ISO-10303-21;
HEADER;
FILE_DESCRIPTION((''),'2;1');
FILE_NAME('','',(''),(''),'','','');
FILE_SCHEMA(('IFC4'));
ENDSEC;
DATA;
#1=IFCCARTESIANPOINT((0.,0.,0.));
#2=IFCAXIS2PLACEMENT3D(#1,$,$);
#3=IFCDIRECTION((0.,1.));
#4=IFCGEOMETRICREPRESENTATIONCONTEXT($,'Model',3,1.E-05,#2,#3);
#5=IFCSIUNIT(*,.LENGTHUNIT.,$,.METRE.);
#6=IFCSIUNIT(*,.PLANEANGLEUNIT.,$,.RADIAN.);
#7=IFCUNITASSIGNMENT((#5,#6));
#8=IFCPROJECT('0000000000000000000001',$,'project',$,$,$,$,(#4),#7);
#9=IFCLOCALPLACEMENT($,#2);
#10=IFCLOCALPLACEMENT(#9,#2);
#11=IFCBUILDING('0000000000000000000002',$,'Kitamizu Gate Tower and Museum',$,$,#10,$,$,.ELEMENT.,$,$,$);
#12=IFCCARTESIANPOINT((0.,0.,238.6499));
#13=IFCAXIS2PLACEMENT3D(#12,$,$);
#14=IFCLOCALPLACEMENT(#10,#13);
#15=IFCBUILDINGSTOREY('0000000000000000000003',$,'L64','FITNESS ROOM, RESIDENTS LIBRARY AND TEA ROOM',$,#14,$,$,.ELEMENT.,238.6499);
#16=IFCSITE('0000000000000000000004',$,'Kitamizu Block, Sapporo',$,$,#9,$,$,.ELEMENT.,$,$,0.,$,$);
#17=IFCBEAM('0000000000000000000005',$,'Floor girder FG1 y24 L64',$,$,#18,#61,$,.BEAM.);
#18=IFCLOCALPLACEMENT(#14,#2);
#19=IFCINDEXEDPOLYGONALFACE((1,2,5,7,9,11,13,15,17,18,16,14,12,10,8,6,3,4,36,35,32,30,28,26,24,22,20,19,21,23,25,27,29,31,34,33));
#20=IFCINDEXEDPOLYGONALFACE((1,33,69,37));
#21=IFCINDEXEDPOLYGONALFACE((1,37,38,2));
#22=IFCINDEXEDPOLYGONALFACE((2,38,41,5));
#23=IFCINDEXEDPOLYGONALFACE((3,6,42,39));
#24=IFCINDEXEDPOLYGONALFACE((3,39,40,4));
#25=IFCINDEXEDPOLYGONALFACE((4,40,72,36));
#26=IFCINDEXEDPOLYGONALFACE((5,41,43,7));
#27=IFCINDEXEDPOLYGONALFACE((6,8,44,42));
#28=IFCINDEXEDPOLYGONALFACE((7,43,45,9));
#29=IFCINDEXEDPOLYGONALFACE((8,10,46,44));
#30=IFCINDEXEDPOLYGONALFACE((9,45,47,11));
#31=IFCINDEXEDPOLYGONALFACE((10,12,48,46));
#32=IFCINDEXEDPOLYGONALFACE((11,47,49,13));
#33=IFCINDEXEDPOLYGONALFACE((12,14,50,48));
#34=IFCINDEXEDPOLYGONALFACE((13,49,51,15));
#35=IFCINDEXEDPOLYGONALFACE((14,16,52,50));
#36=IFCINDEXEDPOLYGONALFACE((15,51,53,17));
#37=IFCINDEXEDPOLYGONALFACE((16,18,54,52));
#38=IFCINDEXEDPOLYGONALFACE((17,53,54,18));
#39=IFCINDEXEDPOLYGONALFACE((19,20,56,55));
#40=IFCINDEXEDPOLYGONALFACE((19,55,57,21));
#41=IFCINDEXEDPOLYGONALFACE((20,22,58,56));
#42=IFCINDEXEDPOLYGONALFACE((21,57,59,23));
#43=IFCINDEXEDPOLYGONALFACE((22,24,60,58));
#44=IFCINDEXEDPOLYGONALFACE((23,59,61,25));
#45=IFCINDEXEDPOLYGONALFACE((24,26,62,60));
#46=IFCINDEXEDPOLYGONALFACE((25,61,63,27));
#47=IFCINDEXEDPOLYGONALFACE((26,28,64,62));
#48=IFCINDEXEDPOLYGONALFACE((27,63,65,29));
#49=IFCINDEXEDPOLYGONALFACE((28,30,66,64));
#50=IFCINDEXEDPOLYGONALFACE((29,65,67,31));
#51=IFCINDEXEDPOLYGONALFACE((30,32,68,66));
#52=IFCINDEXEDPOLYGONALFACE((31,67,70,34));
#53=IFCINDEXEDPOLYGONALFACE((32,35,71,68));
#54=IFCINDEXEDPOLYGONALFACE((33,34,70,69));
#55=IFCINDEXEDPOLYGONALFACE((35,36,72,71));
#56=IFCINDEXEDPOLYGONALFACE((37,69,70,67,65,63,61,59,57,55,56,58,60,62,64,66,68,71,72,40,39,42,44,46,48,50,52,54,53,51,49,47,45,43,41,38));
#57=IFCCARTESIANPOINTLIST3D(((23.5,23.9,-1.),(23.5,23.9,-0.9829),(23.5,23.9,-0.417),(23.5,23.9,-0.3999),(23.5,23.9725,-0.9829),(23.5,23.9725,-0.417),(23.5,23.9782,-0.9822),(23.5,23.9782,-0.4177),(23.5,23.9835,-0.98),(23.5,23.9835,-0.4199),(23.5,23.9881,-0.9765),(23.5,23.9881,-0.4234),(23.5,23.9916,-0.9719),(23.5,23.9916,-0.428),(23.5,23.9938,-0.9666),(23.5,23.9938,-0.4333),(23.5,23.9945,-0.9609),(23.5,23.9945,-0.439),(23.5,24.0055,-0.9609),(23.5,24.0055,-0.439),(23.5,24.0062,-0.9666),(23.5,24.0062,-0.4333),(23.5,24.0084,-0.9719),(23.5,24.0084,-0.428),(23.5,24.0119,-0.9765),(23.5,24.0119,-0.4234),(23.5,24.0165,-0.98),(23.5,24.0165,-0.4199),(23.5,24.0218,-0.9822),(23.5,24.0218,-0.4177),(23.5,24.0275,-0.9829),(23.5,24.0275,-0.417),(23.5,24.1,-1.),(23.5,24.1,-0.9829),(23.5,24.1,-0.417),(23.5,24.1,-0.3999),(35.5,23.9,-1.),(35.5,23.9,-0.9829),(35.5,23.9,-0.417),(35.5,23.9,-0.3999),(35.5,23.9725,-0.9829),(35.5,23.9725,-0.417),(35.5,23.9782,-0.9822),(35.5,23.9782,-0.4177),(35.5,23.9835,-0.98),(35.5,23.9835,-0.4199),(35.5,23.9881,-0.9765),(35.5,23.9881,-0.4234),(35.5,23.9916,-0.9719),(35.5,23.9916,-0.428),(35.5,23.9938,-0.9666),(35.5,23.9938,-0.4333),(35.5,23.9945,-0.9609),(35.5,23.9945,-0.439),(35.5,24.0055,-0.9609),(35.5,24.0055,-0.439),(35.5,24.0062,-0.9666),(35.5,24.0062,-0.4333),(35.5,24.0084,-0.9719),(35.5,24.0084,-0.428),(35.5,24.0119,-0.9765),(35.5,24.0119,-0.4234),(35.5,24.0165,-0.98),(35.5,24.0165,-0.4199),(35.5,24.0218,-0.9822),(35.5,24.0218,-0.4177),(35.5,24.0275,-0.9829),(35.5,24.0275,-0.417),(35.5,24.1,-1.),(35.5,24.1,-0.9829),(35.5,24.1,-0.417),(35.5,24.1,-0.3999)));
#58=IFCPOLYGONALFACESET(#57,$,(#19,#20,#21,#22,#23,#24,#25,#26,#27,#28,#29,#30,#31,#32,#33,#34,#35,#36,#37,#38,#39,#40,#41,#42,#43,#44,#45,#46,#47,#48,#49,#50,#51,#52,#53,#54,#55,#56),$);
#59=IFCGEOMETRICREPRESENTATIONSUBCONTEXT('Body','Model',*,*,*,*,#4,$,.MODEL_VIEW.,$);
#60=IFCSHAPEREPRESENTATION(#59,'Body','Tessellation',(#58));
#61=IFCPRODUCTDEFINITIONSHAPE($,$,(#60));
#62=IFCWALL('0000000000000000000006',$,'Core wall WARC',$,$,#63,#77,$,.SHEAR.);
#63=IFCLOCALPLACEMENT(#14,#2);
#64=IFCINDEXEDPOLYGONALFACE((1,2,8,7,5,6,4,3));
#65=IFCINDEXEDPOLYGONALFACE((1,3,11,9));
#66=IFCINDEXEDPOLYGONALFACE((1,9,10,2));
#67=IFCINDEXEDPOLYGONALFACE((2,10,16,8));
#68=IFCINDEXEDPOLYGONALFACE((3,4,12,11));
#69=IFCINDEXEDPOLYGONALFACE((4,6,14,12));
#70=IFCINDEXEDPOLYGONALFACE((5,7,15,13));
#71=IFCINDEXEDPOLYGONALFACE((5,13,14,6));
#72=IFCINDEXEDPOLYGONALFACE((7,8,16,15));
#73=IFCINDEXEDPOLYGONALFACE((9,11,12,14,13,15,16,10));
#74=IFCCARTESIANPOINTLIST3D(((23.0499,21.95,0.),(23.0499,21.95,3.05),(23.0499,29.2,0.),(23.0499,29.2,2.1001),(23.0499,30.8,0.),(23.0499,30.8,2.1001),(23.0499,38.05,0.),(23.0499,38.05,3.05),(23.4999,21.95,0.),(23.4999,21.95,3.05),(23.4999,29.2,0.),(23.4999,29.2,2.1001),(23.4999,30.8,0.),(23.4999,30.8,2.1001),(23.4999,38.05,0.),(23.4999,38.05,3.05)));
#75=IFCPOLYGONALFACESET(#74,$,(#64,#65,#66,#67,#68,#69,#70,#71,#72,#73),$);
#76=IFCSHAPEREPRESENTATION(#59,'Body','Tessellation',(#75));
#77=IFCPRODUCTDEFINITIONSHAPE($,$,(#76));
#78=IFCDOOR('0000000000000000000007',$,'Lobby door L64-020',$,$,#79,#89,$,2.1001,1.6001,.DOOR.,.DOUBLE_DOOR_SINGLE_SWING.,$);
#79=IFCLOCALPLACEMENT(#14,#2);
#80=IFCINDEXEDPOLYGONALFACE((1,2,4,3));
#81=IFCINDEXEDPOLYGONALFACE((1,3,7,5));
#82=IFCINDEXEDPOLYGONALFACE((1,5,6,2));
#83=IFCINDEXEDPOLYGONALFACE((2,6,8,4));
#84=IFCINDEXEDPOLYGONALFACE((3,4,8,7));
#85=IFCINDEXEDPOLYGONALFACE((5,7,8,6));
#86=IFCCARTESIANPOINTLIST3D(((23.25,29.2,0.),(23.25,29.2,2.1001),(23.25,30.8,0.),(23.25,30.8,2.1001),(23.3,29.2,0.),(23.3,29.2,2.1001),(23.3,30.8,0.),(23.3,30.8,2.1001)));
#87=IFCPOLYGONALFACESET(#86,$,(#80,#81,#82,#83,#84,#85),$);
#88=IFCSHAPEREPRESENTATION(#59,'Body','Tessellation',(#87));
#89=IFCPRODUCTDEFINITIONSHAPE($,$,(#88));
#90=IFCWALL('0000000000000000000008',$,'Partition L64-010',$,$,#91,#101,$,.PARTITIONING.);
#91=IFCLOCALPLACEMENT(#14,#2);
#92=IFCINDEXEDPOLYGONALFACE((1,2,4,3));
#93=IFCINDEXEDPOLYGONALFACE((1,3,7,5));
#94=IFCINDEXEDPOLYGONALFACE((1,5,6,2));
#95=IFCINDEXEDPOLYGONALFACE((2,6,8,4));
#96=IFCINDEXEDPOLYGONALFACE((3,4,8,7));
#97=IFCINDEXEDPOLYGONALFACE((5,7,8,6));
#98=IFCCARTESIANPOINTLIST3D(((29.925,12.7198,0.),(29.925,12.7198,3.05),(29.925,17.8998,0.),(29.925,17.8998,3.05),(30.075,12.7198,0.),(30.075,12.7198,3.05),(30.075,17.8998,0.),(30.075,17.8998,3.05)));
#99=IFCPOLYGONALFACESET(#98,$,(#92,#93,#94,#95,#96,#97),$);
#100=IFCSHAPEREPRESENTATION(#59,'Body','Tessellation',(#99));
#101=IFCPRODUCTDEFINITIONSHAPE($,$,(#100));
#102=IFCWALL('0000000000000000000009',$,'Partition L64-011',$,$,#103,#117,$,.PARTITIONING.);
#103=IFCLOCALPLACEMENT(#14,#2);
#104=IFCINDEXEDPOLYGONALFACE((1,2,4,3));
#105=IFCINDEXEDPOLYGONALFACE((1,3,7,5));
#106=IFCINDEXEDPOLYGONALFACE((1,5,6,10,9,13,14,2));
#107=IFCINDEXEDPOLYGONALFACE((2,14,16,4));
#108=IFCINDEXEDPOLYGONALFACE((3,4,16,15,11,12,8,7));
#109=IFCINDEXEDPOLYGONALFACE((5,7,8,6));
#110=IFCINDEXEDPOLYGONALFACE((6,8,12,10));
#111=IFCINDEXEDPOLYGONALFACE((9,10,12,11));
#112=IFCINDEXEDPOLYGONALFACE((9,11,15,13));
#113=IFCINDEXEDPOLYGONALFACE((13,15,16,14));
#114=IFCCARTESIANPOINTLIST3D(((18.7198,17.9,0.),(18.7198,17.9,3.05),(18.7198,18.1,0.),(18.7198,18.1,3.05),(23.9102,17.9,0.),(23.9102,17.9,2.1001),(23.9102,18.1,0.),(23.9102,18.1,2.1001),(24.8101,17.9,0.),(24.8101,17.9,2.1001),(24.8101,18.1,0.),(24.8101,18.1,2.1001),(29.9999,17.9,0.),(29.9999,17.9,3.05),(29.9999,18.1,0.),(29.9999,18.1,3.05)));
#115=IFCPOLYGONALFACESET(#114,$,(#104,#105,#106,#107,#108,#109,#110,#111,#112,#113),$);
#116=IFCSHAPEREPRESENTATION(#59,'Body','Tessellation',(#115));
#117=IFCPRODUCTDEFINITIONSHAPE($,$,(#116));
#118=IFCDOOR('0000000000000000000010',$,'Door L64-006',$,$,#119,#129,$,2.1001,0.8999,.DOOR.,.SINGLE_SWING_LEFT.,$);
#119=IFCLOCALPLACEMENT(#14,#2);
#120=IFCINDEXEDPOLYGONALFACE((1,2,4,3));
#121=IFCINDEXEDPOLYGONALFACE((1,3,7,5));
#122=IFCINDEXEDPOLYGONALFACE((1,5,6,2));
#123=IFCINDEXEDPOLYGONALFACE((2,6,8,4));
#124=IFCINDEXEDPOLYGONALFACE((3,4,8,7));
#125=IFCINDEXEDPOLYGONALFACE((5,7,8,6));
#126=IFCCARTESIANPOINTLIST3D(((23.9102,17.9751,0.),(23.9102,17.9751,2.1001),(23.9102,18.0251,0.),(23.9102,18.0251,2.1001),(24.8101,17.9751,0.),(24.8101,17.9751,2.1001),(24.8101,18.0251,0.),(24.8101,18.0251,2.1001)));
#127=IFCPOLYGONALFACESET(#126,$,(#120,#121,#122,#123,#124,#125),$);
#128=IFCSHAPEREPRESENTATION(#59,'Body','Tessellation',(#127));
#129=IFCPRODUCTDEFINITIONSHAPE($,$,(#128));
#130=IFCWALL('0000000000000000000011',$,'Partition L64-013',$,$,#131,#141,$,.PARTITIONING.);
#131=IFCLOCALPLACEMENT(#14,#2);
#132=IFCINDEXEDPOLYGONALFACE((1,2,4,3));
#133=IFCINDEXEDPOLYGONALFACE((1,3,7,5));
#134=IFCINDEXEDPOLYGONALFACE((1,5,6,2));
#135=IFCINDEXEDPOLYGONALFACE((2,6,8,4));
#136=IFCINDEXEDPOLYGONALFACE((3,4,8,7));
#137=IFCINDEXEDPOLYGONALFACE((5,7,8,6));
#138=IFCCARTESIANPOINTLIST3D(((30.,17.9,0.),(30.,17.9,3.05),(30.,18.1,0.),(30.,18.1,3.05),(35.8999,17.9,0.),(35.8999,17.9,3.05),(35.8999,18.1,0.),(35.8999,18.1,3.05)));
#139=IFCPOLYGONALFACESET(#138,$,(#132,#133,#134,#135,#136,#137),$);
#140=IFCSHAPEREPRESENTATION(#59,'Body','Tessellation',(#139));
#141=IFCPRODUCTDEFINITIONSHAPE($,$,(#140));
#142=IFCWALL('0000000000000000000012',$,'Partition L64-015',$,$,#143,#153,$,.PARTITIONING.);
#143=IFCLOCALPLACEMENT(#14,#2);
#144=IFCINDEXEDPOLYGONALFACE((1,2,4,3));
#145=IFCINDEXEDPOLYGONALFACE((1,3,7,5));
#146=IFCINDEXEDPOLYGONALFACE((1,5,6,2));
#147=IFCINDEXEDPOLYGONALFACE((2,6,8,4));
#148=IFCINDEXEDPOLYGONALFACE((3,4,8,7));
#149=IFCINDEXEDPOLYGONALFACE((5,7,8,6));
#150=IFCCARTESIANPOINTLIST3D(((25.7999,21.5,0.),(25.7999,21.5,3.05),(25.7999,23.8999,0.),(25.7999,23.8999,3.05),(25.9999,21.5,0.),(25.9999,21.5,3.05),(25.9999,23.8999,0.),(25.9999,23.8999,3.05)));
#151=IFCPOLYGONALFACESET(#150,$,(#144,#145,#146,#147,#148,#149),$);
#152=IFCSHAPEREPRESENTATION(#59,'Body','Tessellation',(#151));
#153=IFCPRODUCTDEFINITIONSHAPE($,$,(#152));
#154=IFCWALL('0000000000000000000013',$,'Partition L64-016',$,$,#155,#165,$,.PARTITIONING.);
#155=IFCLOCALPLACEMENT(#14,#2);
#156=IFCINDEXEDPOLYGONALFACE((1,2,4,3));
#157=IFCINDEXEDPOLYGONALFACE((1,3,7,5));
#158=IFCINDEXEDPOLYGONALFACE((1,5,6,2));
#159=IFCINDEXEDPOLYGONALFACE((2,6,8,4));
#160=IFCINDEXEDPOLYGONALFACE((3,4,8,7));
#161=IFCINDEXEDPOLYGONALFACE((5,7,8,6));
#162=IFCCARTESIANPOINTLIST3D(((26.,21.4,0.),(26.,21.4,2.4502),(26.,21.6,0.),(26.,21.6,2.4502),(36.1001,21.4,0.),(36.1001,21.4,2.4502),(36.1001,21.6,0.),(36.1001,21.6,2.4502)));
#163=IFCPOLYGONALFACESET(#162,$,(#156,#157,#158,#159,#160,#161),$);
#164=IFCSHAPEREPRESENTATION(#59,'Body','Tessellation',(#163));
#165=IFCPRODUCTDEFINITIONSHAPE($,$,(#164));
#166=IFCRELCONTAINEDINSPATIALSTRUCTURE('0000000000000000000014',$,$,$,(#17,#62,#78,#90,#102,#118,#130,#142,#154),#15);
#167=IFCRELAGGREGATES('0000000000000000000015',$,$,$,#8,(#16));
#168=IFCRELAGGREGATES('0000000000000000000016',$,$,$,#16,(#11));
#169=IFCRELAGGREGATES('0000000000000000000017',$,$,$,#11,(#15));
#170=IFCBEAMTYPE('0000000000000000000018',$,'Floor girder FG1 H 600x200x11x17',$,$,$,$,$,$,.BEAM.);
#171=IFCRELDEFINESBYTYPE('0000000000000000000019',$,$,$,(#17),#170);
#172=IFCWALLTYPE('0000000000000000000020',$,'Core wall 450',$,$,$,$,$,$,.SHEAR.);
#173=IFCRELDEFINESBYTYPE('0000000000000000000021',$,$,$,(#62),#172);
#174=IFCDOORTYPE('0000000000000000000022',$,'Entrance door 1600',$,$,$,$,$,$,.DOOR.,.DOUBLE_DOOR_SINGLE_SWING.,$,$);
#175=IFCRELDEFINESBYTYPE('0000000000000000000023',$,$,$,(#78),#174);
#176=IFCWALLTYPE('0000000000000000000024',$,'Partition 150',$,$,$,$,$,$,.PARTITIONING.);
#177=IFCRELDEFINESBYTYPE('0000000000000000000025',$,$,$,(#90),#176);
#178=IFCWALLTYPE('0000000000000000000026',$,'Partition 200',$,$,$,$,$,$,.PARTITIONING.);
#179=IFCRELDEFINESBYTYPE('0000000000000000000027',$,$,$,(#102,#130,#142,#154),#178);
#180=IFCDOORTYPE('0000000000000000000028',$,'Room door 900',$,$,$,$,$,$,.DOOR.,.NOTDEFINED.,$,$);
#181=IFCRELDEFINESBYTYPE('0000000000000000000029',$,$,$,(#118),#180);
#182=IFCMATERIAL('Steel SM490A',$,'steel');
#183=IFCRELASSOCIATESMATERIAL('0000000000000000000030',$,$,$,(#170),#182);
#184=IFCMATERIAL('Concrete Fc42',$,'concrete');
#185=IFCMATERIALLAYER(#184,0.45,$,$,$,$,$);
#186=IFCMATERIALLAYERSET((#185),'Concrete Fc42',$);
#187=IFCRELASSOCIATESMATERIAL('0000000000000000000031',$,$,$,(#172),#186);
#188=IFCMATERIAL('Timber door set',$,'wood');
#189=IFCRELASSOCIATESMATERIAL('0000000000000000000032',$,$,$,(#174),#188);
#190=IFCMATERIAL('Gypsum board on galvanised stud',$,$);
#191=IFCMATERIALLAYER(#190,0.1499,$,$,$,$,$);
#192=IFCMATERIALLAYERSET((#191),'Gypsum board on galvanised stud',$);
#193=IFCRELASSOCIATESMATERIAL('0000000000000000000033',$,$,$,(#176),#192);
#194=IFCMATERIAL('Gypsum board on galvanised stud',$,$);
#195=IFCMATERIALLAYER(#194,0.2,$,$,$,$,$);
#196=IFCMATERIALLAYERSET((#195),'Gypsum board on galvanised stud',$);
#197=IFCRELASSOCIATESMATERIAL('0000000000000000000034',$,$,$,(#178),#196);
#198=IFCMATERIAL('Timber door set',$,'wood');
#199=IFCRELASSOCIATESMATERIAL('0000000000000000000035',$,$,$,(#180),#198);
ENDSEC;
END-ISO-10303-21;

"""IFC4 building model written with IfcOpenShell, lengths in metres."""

from ifc_helpers import new_model, si_unit, direction, frame, frame_2d, origin, origin_2d, place, context, subcontext, project, spatial, rectangle, i_section, extrude, material, layer, layer_set, material_profile, profile_set, type_object, element, fill, save


model = new_model("IFC4")

# Units and contexts
model_context = context("Model", 3, precision=1e-05, world=origin(), true_north=direction((0.0, 1.0)))
body_context = subcontext(model_context, "Body", "Model", "MODEL_VIEW")
ifc_project = project(units=[si_unit("LENGTHUNIT", "METRE"), si_unit("PLANEANGLEUNIT", "RADIAN")], contexts=[model_context])

# Site, building, storey
site_placement = place(None, origin())
site = spatial("IfcSite", under=ifc_project, at=site_placement, Name="Kitamizu Block, Sapporo", CompositionType="ELEMENT", RefElevation=0.0)
building_placement = place(site_placement, origin())
building = spatial("IfcBuilding", under=site, at=building_placement, Name="Kitamizu Gate Tower and Museum", CompositionType="ELEMENT")
storey_placement = place(building_placement, frame((0.0, 0.0, 238.6499)))
storey = spatial("IfcBuildingStorey", under=building, at=storey_placement, Name="L64", Description="FITNESS ROOM, RESIDENTS LIBRARY AND TEA ROOM", CompositionType="ELEMENT", Elevation=238.6499)

# Beam
ifc_material_1 = material(Name="Steel SM490A", Category="steel")
ifc_material_profile_1 = material_profile(ifc_material_1, i_section(OverallWidth=0.2, OverallDepth=0.6001, WebThickness=0.011, FlangeThickness=0.0171, FilletRadius=0.022, at=origin_2d()), Name="H-600x200x11x17")
ifc_profile_set_1 = profile_set([ifc_material_profile_1], Name="Steel SM490A")
beam_type_1 = type_object("IfcBeamType", Name="Floor girder FG1 H 600x200x11x17", PredefinedType="BEAM", material=ifc_profile_set_1)
beam_1_placement = place(storey_placement, frame((23.5, 24.0, -0.7), z_axis=(1.0, 0.0, 0.0), x_axis=(0.0, 1.0, 0.0)))
element("IfcBeam", 1, at=beam_1_placement, inside=storey, type_object=beam_type_1, Name="Floor girder FG1 y24 L64", PredefinedType="BEAM", context=body_context, shape_type="SweptSolid", body=[
    extrude(i_section(OverallWidth=0.2, OverallDepth=0.6001, WebThickness=0.011, FlangeThickness=0.0171, FilletRadius=0.022, at=origin_2d()), origin(), (0.0, 0.0, 1.0), 12.0),
])

# Wall, opening, door
ifc_material_2 = material(Name="Concrete Fc42", Category="concrete")
ifc_layer_1 = layer(ifc_material_2, 0.45)
ifc_layer_set_1 = layer_set([ifc_layer_1], Name="Concrete Fc42")
wall_type_1 = type_object("IfcWallType", Name="Core wall 450", PredefinedType="SHEAR", material=ifc_layer_set_1)
wall_1_placement = place(storey_placement, frame((23.2749, 21.95, 0.0), z_axis=(0.0, 0.0, 1.0), x_axis=(0.0, 1.0, 0.0)))
wall_1 = element("IfcWall", 2, at=wall_1_placement, inside=storey, type_object=wall_type_1, Name="Core wall WARC", PredefinedType="SHEAR", context=body_context, shape_type="SweptSolid", body=[
    extrude(rectangle(XDim=16.1001, YDim=0.45, at=frame_2d((8.05, 0.0))), origin(), (0.0, 0.0, 1.0), 3.05),
])
opening_1_placement = place(wall_1_placement, frame((7.25, 0.0, 0.0)))
opening_1 = element("IfcOpeningElement", 3, at=opening_1_placement, cuts=wall_1, PredefinedType="OPENING", context=body_context, shape_type="SweptSolid", body=[
    extrude(rectangle(XDim=1.6001, YDim=2.1001, at=frame_2d((0.8, 1.05))), frame((0.0, 0.2349, 0.0), z_axis=(0.0, -1.0, 0.0), x_axis=(1.0, 0.0, 0.0)), (0.0, 0.0, 1.0), 0.47),
])
ifc_material_3 = material(Name="Timber door set", Category="wood")
door_type_1 = type_object("IfcDoorType", Name="Entrance door 1600", OperationType="DOUBLE_DOOR_SINGLE_SWING", PredefinedType="DOOR", material=ifc_material_3)
door_1_placement = place(opening_1_placement, origin())
door_1 = element("IfcDoor", 4, at=door_1_placement, inside=storey, type_object=door_type_1, Name="Lobby door L64-020", OperationType="DOUBLE_DOOR_SINGLE_SWING", OverallHeight=2.1001, OverallWidth=1.6001, PredefinedType="DOOR", context=body_context, shape_type="SweptSolid", body=[
    extrude(rectangle(XDim=1.6001, YDim=2.1001, at=frame_2d((0.8, 1.05))), frame((0.0, 0.0249, 0.0), z_axis=(0.0, -1.0, 0.0), x_axis=(1.0, 0.0, 0.0)), (0.0, 0.0, 1.0), 0.05),
])
fill(opening_1, door_1)

# Wall
ifc_material_4 = material(Name="Gypsum board on galvanised stud")
ifc_layer_2 = layer(ifc_material_4, 0.1499)
ifc_layer_set_2 = layer_set([ifc_layer_2], Name="Gypsum board on galvanised stud")
wall_type_2 = type_object("IfcWallType", Name="Partition 150", PredefinedType="PARTITIONING", material=ifc_layer_set_2)
wall_2_placement = place(storey_placement, frame((30.0, 12.72, 0.0), z_axis=(0.0, 0.0, 1.0), x_axis=(0.0, 1.0, 0.0)))
element("IfcWall", 5, at=wall_2_placement, inside=storey, type_object=wall_type_2, Name="Partition L64-010", PredefinedType="PARTITIONING", context=body_context, shape_type="SweptSolid", body=[
    extrude(rectangle(XDim=5.1799, YDim=0.1499, at=frame_2d((2.5898, 0.0))), origin(), (0.0, 0.0, 1.0), 3.05),
])

# Wall, opening, door
ifc_material_5 = material(Name="Gypsum board on galvanised stud")
ifc_layer_3 = layer(ifc_material_5, 0.2)
ifc_layer_set_3 = layer_set([ifc_layer_3], Name="Gypsum board on galvanised stud")
wall_type_3 = type_object("IfcWallType", Name="Partition 200", PredefinedType="PARTITIONING", material=ifc_layer_set_3)
wall_3_placement = place(storey_placement, frame((30.0, 18.0, 0.0), z_axis=(0.0, 0.0, 1.0), x_axis=(-1.0, 0.0, 0.0)))
wall_3 = element("IfcWall", 6, at=wall_3_placement, inside=storey, type_object=wall_type_3, Name="Partition L64-011", PredefinedType="PARTITIONING", context=body_context, shape_type="SweptSolid", body=[
    extrude(rectangle(XDim=11.28, YDim=0.2, at=frame_2d((5.6401, 0.0))), origin(), (0.0, 0.0, 1.0), 3.05),
])
opening_2_placement = place(wall_3_placement, frame((5.1899, 0.0, 0.0)))
opening_2 = element("IfcOpeningElement", 7, at=opening_2_placement, cuts=wall_3, PredefinedType="OPENING", context=body_context, shape_type="SweptSolid", body=[
    extrude(rectangle(XDim=0.8999, YDim=2.1001, at=frame_2d((0.45, 1.05))), frame((0.0, 0.1099, 0.0), z_axis=(0.0, -1.0, 0.0), x_axis=(1.0, 0.0, 0.0)), (0.0, 0.0, 1.0), 0.22),
])
ifc_material_6 = material(Name="Timber door set", Category="wood")
door_type_2 = type_object("IfcDoorType", Name="Room door 900", OperationType="NOTDEFINED", PredefinedType="DOOR", material=ifc_material_6)
door_2_placement = place(opening_2_placement, origin())
door_2 = element("IfcDoor", 8, at=door_2_placement, inside=storey, type_object=door_type_2, Name="Door L64-006", OperationType="SINGLE_SWING_LEFT", OverallHeight=2.1001, OverallWidth=0.8999, PredefinedType="DOOR", context=body_context, shape_type="SweptSolid", body=[
    extrude(rectangle(XDim=0.8999, YDim=2.1001, at=frame_2d((0.45, 1.05))), frame((0.0, 0.0249, 0.0), z_axis=(0.0, -1.0, 0.0), x_axis=(1.0, 0.0, 0.0)), (0.0, 0.0, 1.0), 0.05),
])
fill(opening_2, door_2)

# Walls
wall_4_placement = place(storey_placement, frame((35.8999, 18.0, 0.0), z_axis=(0.0, 0.0, 1.0), x_axis=(-1.0, 0.0, 0.0)))
element("IfcWall", 9, at=wall_4_placement, inside=storey, type_object=wall_type_3, Name="Partition L64-013", PredefinedType="PARTITIONING", context=body_context, shape_type="SweptSolid", body=[
    extrude(rectangle(XDim=5.8999, YDim=0.2, at=frame_2d((2.95, 0.0))), origin(), (0.0, 0.0, 1.0), 3.05),
])
wall_5_placement = place(storey_placement, frame((25.8999, 23.8999, 0.0), z_axis=(0.0, 0.0, 1.0), x_axis=(0.0, -1.0, 0.0)))
element("IfcWall", 10, at=wall_5_placement, inside=storey, type_object=wall_type_3, Name="Partition L64-015", PredefinedType="PARTITIONING", context=body_context, shape_type="SweptSolid", body=[
    extrude(rectangle(XDim=2.3999, YDim=0.2, at=frame_2d((1.2, 0.0))), origin(), (0.0, 0.0, 1.0), 3.05),
])
wall_6_placement = place(storey_placement, frame((26.0, 21.5, 0.0), z_axis=(0.0, 0.0, 1.0), x_axis=(1.0, 0.0, 0.0)))
element("IfcWall", 11, at=wall_6_placement, inside=storey, type_object=wall_type_3, Name="Partition L64-016", PredefinedType="PARTITIONING", context=body_context, shape_type="SweptSolid", body=[
    extrude(rectangle(XDim=10.1001, YDim=0.2, at=frame_2d((5.05, 0.0))), origin(), (0.0, 0.0, 1.0), 2.4502),
])

save(model, "model.ifc")
